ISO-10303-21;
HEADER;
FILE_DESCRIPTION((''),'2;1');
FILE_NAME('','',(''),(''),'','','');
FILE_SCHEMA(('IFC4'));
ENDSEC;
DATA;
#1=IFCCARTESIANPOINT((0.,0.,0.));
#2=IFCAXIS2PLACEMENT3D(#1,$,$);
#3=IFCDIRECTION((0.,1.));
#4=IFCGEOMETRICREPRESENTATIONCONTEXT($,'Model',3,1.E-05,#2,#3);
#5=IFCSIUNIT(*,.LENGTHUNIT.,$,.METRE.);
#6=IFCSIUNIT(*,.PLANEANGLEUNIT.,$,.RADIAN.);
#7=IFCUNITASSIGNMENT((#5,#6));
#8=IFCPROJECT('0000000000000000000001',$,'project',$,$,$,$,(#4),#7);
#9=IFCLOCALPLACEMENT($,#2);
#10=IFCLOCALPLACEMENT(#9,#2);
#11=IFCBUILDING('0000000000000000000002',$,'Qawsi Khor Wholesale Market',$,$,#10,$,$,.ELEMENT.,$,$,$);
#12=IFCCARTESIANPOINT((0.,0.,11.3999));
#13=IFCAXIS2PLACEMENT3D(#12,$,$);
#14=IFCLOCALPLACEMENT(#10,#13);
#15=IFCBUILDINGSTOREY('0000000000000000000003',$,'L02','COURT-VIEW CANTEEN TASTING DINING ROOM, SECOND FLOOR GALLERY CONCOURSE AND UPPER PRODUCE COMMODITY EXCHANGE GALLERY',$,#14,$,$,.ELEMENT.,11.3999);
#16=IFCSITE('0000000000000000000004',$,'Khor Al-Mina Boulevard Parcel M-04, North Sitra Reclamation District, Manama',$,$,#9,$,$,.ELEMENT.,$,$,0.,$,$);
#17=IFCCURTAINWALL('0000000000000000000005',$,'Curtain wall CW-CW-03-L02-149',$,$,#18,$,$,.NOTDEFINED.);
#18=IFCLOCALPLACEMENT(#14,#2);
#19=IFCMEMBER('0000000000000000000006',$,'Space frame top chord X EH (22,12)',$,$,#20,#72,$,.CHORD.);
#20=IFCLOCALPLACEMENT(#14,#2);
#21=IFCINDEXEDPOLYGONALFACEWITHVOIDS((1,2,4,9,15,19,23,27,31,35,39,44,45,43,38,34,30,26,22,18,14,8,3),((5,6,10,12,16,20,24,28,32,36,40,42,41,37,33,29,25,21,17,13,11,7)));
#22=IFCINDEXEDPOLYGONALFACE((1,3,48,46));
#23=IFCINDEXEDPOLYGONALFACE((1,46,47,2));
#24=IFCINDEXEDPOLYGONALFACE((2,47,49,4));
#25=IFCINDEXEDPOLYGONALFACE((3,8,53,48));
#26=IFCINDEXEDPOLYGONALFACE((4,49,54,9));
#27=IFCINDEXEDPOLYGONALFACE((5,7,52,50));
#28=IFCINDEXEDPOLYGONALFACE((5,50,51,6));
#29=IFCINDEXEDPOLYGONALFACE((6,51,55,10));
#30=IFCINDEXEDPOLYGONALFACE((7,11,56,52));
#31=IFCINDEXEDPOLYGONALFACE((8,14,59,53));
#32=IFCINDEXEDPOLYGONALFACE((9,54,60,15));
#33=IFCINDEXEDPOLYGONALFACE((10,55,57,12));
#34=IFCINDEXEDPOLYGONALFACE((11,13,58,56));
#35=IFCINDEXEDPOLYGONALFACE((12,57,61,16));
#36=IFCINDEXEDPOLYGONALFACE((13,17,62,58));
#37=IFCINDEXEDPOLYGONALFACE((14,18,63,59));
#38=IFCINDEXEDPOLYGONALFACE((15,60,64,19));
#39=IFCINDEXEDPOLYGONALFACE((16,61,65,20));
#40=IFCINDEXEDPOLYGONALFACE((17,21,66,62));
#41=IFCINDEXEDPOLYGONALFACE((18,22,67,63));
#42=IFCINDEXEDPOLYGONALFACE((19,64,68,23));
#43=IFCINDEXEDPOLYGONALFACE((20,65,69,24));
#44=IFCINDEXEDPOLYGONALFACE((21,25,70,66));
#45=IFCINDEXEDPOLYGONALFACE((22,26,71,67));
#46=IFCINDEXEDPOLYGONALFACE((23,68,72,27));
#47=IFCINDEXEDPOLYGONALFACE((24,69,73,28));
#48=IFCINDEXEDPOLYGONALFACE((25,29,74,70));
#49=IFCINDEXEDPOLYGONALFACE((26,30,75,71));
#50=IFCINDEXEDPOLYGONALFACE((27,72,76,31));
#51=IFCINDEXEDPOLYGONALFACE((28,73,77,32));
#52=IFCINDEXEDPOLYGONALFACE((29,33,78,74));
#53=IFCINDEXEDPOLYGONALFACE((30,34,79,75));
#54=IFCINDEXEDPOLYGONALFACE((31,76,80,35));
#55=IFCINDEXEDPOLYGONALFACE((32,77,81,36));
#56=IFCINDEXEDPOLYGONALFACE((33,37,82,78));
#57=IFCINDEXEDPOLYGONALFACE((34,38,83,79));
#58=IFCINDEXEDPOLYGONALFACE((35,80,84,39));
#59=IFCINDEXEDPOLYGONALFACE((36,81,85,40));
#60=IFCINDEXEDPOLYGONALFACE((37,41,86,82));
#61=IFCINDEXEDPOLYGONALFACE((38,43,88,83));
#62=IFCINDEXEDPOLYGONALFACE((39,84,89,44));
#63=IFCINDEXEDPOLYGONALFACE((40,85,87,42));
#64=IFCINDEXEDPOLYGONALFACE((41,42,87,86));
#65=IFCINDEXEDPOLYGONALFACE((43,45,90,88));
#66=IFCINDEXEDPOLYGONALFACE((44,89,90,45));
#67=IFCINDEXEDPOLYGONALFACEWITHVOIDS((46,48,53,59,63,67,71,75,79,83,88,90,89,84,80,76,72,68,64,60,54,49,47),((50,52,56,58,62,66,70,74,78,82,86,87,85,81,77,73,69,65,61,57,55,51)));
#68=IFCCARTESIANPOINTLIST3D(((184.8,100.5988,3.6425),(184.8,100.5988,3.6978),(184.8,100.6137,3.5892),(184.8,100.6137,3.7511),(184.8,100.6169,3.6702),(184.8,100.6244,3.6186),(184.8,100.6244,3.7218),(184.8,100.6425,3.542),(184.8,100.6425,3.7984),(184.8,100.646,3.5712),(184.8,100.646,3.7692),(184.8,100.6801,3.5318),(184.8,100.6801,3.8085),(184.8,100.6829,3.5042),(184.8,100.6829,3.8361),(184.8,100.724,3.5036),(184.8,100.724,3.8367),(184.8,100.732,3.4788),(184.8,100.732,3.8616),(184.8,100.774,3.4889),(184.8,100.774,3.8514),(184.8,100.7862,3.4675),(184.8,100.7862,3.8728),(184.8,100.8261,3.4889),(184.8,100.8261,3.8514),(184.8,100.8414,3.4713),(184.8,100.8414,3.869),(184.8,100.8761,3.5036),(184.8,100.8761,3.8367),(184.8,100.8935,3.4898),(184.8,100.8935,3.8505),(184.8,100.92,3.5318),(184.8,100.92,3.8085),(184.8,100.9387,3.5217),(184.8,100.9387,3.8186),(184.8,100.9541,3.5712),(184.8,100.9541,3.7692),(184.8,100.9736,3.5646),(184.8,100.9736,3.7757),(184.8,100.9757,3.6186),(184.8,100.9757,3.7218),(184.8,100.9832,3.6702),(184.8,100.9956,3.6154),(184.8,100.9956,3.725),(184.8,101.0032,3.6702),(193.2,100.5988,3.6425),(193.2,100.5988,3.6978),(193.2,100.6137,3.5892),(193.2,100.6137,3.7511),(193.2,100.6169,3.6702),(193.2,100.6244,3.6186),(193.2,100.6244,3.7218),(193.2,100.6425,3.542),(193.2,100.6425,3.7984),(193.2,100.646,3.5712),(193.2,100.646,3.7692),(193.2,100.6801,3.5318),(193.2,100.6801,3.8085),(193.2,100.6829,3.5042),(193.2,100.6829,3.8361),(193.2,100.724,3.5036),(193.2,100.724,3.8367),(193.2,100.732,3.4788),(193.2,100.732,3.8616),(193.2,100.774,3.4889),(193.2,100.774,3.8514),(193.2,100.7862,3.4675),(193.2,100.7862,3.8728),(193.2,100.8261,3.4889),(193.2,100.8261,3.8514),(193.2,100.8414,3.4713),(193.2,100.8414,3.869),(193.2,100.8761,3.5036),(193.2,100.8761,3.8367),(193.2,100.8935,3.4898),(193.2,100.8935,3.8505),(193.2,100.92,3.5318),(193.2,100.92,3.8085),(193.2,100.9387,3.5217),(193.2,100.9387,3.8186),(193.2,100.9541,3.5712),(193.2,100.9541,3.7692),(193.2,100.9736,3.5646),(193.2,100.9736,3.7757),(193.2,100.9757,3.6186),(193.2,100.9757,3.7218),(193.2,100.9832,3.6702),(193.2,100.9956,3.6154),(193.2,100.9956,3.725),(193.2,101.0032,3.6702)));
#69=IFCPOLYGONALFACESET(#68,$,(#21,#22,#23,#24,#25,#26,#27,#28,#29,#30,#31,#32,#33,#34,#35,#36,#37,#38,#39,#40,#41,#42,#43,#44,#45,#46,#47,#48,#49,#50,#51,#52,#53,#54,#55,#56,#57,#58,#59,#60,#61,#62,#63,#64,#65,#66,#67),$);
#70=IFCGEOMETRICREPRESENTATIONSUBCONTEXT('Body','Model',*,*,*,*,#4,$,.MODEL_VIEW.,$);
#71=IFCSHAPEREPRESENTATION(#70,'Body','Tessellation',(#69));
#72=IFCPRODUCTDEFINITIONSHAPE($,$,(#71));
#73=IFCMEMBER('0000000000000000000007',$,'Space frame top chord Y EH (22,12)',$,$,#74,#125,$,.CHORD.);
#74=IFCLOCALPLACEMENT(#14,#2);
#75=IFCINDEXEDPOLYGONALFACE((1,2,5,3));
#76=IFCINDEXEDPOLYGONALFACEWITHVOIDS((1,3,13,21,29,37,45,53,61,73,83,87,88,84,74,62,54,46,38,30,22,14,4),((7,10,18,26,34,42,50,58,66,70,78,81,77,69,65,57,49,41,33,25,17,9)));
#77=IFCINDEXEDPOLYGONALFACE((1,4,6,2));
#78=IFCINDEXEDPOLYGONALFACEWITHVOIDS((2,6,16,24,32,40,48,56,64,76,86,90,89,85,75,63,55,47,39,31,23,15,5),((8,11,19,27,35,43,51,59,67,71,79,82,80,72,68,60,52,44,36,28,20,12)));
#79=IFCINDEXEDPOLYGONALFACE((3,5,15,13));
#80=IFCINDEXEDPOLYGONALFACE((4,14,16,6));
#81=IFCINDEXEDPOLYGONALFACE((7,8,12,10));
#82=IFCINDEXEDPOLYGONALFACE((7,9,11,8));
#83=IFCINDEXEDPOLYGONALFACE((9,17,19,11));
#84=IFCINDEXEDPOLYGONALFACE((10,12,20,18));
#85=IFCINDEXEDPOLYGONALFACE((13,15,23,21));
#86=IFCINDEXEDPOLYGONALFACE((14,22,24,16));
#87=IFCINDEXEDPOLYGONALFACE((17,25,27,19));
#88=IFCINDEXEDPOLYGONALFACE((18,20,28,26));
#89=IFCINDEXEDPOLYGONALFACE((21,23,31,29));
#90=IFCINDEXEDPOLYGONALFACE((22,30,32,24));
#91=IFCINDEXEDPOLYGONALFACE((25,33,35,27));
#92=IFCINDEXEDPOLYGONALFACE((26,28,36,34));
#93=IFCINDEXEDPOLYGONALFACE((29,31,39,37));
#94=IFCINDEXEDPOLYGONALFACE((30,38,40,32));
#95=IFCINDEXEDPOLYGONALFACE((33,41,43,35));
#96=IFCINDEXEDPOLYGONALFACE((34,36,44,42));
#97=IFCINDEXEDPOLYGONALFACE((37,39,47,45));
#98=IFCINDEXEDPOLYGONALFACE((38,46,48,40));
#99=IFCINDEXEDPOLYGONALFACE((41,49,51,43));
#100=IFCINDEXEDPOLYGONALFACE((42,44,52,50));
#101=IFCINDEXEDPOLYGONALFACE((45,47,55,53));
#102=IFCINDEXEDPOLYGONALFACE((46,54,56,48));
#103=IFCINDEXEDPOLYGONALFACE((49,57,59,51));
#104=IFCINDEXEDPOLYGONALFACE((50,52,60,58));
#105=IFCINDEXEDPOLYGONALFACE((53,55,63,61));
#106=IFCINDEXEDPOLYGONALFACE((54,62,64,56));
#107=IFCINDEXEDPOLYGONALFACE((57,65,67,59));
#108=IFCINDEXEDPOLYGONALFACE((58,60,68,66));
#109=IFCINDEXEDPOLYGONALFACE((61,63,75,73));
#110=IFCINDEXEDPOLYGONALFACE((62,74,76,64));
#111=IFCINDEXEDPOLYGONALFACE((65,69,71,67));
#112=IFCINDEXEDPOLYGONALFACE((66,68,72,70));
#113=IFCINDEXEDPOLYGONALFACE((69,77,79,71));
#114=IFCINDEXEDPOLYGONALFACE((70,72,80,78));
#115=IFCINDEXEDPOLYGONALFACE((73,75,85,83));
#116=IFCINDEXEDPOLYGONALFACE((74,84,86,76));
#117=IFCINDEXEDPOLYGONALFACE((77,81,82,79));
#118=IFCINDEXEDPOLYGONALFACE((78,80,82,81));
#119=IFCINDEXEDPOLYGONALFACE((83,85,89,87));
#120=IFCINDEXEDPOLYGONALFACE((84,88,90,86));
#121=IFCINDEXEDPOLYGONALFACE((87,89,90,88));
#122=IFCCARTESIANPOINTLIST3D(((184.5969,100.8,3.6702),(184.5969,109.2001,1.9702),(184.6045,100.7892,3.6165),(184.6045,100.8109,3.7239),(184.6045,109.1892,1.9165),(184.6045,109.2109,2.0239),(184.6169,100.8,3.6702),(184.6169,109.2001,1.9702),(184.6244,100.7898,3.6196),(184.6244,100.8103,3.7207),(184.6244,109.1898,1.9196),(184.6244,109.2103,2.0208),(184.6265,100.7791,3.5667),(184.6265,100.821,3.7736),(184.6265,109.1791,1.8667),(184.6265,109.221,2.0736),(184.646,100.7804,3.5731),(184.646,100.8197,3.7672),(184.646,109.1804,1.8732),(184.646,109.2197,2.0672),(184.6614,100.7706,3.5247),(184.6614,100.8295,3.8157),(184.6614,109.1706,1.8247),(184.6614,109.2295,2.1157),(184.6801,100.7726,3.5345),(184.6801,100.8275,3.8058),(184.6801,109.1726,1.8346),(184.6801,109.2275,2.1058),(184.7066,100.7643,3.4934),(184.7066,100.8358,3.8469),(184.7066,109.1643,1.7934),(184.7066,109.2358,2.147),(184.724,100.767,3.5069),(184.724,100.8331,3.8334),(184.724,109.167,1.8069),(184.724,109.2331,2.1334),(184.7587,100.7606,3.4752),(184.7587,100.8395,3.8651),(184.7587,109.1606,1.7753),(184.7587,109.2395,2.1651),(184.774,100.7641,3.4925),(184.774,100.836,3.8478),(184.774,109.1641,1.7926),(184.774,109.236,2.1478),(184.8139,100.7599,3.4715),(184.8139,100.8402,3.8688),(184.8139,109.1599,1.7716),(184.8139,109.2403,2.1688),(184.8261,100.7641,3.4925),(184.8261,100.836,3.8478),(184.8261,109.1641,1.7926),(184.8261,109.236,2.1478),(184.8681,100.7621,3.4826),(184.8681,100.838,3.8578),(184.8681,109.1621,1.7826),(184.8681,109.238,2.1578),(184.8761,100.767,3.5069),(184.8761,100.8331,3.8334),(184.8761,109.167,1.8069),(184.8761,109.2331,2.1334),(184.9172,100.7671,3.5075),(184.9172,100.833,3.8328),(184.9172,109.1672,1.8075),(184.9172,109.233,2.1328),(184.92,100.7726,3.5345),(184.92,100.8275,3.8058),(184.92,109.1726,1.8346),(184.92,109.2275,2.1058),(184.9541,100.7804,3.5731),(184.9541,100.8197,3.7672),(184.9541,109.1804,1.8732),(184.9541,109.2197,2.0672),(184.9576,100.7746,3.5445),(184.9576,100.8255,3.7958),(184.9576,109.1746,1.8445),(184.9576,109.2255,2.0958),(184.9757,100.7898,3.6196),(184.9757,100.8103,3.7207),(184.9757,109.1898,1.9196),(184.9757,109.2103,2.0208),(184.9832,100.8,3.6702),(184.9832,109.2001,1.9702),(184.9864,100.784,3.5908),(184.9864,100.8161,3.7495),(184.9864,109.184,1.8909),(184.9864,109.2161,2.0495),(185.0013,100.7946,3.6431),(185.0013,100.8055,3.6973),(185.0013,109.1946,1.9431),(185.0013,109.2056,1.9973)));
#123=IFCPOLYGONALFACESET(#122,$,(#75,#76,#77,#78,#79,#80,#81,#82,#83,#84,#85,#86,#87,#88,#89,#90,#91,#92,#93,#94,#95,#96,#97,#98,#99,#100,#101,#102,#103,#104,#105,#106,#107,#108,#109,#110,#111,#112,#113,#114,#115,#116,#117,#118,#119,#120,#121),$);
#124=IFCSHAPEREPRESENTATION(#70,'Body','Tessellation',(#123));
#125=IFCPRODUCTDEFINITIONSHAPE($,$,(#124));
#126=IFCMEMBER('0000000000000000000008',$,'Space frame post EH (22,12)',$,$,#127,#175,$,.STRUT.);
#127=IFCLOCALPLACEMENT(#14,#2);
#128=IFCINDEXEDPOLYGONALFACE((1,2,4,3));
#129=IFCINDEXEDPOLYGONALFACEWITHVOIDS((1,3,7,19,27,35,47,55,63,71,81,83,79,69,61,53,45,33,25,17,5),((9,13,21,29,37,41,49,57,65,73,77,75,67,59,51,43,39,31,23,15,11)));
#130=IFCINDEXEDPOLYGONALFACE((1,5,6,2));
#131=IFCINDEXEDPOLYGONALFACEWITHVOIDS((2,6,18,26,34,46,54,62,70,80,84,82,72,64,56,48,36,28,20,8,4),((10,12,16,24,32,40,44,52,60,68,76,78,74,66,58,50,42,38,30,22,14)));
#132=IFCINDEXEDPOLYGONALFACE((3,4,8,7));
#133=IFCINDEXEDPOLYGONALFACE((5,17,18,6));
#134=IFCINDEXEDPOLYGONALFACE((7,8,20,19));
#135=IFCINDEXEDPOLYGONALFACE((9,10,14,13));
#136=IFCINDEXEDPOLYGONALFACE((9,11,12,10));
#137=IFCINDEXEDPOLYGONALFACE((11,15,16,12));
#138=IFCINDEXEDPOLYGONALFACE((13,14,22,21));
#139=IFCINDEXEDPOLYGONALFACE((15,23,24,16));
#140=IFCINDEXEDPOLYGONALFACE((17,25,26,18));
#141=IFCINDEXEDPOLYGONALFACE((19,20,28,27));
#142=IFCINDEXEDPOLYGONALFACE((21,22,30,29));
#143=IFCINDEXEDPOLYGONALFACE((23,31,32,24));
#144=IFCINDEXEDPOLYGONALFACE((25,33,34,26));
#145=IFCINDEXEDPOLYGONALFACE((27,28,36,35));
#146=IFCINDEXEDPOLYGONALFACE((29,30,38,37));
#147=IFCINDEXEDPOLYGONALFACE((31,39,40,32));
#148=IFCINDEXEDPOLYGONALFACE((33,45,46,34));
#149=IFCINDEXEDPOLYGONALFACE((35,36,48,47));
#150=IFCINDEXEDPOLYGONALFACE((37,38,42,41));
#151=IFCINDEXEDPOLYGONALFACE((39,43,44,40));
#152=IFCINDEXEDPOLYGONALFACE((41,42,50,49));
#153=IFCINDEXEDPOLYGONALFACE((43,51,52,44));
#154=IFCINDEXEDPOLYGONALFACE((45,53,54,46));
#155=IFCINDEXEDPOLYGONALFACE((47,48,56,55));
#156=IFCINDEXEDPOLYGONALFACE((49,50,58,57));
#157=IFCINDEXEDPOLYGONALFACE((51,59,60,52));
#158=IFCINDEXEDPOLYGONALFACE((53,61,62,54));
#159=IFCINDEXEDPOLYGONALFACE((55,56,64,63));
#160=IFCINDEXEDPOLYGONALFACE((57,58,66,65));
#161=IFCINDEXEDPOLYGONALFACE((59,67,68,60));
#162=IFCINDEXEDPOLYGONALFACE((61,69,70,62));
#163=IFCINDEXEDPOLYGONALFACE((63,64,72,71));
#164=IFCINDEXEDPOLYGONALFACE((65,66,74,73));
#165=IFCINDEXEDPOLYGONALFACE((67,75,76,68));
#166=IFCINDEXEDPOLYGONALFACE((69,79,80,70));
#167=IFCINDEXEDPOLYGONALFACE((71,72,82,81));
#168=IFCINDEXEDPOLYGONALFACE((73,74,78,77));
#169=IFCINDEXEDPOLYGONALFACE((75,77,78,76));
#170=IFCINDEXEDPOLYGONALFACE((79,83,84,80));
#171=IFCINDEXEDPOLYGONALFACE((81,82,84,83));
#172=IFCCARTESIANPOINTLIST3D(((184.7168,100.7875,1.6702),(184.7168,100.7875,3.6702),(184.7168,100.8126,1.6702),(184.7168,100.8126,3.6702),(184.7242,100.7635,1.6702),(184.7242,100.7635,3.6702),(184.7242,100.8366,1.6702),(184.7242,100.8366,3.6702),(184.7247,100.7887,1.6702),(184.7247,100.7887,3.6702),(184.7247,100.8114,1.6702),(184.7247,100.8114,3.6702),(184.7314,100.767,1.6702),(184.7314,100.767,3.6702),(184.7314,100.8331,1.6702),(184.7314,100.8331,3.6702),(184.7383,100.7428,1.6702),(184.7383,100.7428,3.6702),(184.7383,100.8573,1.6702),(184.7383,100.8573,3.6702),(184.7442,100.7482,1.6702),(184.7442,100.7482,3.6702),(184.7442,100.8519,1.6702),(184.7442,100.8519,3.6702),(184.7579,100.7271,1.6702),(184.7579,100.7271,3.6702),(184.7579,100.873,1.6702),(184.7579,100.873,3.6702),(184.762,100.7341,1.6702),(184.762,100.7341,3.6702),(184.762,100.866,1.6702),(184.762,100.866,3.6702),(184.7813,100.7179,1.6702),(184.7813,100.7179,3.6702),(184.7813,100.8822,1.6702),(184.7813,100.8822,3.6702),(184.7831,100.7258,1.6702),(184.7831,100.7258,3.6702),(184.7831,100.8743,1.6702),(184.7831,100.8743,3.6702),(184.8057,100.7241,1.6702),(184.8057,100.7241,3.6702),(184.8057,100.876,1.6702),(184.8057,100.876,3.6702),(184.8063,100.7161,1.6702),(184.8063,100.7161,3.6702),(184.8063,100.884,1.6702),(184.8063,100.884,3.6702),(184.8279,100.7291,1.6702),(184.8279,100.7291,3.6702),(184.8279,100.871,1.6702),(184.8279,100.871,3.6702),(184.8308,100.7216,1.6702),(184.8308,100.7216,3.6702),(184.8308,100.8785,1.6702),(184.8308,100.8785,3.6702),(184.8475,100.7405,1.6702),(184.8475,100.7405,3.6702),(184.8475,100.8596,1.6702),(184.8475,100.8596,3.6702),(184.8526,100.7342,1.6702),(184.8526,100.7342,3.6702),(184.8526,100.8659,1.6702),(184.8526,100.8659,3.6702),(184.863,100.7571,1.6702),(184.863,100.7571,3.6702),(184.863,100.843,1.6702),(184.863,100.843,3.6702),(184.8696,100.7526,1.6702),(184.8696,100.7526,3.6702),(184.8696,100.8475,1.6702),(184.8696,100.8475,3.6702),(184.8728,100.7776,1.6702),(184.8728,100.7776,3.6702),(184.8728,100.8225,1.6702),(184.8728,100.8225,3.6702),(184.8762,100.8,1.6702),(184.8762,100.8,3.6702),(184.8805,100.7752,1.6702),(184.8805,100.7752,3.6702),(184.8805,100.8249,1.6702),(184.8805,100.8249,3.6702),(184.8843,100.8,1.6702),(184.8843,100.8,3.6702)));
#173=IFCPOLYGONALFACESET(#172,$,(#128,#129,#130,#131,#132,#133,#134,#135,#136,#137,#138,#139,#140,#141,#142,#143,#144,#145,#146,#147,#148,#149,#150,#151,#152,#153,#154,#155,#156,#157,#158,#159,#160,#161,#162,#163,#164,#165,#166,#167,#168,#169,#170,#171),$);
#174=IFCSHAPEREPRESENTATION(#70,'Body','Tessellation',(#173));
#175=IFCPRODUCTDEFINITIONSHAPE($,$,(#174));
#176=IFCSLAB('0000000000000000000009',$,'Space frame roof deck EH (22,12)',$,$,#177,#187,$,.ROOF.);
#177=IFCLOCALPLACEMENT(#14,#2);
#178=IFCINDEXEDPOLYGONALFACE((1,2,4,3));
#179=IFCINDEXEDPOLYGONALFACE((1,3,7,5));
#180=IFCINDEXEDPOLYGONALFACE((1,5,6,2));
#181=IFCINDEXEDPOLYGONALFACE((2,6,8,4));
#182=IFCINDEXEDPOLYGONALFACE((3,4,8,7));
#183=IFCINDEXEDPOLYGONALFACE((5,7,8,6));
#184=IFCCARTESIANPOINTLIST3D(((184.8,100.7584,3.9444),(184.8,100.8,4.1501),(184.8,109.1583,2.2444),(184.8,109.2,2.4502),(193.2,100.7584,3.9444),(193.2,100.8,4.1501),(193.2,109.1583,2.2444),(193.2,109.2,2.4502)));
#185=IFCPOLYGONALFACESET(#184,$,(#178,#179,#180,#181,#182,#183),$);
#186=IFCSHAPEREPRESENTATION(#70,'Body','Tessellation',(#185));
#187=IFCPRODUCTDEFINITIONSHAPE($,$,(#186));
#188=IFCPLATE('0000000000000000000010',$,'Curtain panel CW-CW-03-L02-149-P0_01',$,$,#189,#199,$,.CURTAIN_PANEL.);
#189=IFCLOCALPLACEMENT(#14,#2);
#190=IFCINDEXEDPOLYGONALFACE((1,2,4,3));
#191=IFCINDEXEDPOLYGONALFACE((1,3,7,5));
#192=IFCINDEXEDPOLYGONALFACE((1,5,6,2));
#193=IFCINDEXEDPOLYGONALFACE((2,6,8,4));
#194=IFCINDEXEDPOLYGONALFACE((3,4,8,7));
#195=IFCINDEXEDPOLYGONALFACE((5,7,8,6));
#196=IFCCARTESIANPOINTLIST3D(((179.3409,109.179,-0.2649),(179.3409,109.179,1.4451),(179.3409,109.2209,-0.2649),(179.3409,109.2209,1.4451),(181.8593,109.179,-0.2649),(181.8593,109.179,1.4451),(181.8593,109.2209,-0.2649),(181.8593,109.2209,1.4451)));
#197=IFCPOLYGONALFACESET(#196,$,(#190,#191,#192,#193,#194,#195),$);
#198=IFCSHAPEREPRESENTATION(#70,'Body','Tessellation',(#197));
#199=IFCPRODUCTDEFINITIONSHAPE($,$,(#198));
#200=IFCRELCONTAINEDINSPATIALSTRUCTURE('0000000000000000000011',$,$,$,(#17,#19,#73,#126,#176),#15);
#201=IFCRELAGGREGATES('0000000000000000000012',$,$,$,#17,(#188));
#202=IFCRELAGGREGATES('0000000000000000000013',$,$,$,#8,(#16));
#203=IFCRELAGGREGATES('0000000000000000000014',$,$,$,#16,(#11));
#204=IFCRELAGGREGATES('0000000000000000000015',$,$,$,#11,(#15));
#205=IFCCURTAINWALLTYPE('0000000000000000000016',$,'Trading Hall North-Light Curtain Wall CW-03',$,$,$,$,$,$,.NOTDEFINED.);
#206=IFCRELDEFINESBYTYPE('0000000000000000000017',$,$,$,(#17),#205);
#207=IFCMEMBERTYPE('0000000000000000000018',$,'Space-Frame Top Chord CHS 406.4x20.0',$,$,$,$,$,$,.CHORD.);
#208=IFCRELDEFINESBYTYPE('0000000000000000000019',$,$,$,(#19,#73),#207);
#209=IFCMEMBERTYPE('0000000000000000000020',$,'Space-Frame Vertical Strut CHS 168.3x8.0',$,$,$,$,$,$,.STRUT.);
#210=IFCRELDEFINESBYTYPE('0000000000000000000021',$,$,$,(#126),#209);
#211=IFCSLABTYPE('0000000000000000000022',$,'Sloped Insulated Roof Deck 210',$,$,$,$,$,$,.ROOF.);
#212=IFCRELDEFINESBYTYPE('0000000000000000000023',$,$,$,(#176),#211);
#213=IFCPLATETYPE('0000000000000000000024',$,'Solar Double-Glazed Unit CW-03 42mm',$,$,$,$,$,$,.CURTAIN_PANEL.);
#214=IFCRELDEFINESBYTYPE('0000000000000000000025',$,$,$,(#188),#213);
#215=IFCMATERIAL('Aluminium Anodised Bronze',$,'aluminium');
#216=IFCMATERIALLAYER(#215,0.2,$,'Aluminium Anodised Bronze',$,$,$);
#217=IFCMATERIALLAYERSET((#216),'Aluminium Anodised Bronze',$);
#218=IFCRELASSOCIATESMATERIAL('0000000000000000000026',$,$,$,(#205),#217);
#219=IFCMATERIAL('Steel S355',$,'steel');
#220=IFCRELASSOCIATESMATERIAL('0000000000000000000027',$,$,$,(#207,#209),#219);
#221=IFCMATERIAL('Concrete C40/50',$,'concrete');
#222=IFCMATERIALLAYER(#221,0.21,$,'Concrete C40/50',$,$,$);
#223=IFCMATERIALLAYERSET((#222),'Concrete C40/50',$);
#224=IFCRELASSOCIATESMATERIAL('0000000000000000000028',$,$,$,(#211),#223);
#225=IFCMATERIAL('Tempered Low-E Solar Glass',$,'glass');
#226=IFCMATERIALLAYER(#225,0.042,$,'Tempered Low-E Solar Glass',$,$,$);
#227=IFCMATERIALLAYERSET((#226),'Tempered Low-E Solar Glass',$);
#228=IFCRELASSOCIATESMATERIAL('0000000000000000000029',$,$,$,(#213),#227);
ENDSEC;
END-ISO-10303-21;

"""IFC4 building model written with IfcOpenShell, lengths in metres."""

from ifc_helpers import new_model, si_unit, direction, frame, frame_2d, origin, origin_2d, place, context, subcontext, project, spatial, polyline, rectangle, hollow_circle, outline, extrude, material, layer, layer_set, material_profile, profile_set, type_object, element, aggregate, save


model = new_model("IFC4")

# Units and contexts
model_context = context("Model", 3, precision=1e-05, world=origin(), true_north=direction((0.0, 1.0)))
body_context = subcontext(model_context, "Body", "Model", "MODEL_VIEW")
ifc_project = project(units=[si_unit("LENGTHUNIT", "METRE"), si_unit("PLANEANGLEUNIT", "RADIAN")], contexts=[model_context])

# Site, building, storey
site_placement = place(None, origin())
site = spatial("IfcSite", under=ifc_project, at=site_placement, Name="Khor Al-Mina Boulevard Parcel M-04, North Sitra Reclamation District, Manama", CompositionType="ELEMENT", RefElevation=0.0)
building_placement = place(site_placement, origin())
building = spatial("IfcBuilding", under=site, at=building_placement, Name="Qawsi Khor Wholesale Market", CompositionType="ELEMENT")
storey_placement = place(building_placement, frame((0.0, 0.0, 11.3999)))
storey = spatial("IfcBuildingStorey", under=building, at=storey_placement, Name="L02", Description="COURT-VIEW CANTEEN TASTING DINING ROOM, SECOND FLOOR GALLERY CONCOURSE AND UPPER PRODUCE COMMODITY EXCHANGE GALLERY", CompositionType="ELEMENT", Elevation=11.3999)

# Curtain wall
ifc_material_1 = material(Name="Aluminium Anodised Bronze", Category="aluminium")
ifc_layer_1 = layer(ifc_material_1, 0.2, Name="Aluminium Anodised Bronze")
ifc_layer_set_1 = layer_set([ifc_layer_1], Name="Aluminium Anodised Bronze")
curtain_wall_type = type_object("IfcCurtainWallType", Name="Trading Hall North-Light Curtain Wall CW-03", PredefinedType="NOTDEFINED", material=ifc_layer_set_1)
curtain_wall_placement = place(storey_placement, origin())
curtain_wall = element("IfcCurtainWall", 1, at=curtain_wall_placement, inside=storey, type_object=curtain_wall_type, Name="Curtain wall CW-CW-03-L02-149", PredefinedType="NOTDEFINED")

# Members
ifc_material_2 = material(Name="Steel S355", Category="steel")
ifc_material_profile_1 = material_profile(ifc_material_2, hollow_circle(Radius=0.2031, WallThickness=0.02, at=origin_2d()), Name="CHS 406.4x20.0")
ifc_profile_set_1 = profile_set([ifc_material_profile_1], Name="Steel S355")
member_type_1 = type_object("IfcMemberType", Name="Space-Frame Top Chord CHS 406.4x20.0", PredefinedType="CHORD", material=ifc_profile_set_1)
member_1_placement = place(storey_placement, frame((184.8, 100.8, 3.6702), z_axis=(1.0, 0.0, 0.0), x_axis=(0.0, 1.0, 0.0)))
element("IfcMember", 2, at=member_1_placement, inside=storey, type_object=member_type_1, Name="Space frame top chord X EH (22,12)", PredefinedType="CHORD", context=body_context, shape_type="SweptSolid", body=[
    extrude(hollow_circle(Radius=0.2031, WallThickness=0.02, at=origin_2d()), origin(), (0.0, 0.0, 1.0), 8.3999),
])
member_2_placement = place(storey_placement, frame((184.8, 100.8, 3.6702), z_axis=(0.0, 0.98013, -0.198356), x_axis=(-1.0, 0.0, 0.0)))
element("IfcMember", 3, at=member_2_placement, inside=storey, type_object=member_type_1, Name="Space frame top chord Y EH (22,12)", PredefinedType="CHORD", context=body_context, shape_type="SweptSolid", body=[
    extrude(hollow_circle(Radius=0.2031, WallThickness=0.02, at=origin_2d()), origin(), (0.0, 0.0, 1.0), 8.5703),
])
ifc_material_profile_2 = material_profile(ifc_material_2, hollow_circle(Radius=0.0842, WallThickness=0.0081, at=origin_2d()), Name="CHS 168.3x8.0")
ifc_profile_set_2 = profile_set([ifc_material_profile_2], Name="Steel S355")
member_type_2 = type_object("IfcMemberType", Name="Space-Frame Vertical Strut CHS 168.3x8.0", PredefinedType="STRUT", material=ifc_profile_set_2)
member_3_placement = place(storey_placement, frame((184.8, 100.8, 1.6702), z_axis=(0.0, 0.0, 1.0), x_axis=(1.0, 0.0, 0.0)))
element("IfcMember", 4, at=member_3_placement, inside=storey, type_object=member_type_2, Name="Space frame post EH (22,12)", PredefinedType="STRUT", context=body_context, shape_type="SweptSolid", body=[
    extrude(hollow_circle(Radius=0.0842, WallThickness=0.0081, at=origin_2d()), origin(), (0.0, 0.0, 1.0), 2.0),
])

# Slab
ifc_material_3 = material(Name="Concrete C40/50", Category="concrete")
ifc_layer_2 = layer(ifc_material_3, 0.21, Name="Concrete C40/50")
ifc_layer_set_2 = layer_set([ifc_layer_2], Name="Concrete C40/50")
slab_type = type_object("IfcSlabType", Name="Sloped Insulated Roof Deck 210", PredefinedType="ROOF", material=ifc_layer_set_2)
slab_placement = place(storey_placement, frame((184.8, 100.8, 4.1501), z_axis=(0.0, 0.198356, 0.98013), x_axis=(1.0, 0.0, 0.0)))
element("IfcSlab", 5, at=slab_placement, inside=storey, type_object=slab_type, Name="Space frame roof deck EH (22,12)", PredefinedType="ROOF", context=body_context, shape_type="SweptSolid", body=[
    extrude(outline(polyline([(0.0, 0.0), (8.3999, 0.0), (8.3999, 8.5702), (0.0, 8.5702), (0.0, 0.0)])), origin(), (0.0, 0.0, -1.0), 0.21),
])

# Plate
ifc_material_4 = material(Name="Tempered Low-E Solar Glass", Category="glass")
ifc_layer_3 = layer(ifc_material_4, 0.042, Name="Tempered Low-E Solar Glass")
ifc_layer_set_3 = layer_set([ifc_layer_3], Name="Tempered Low-E Solar Glass")
plate_type = type_object("IfcPlateType", Name="Solar Double-Glazed Unit CW-03 42mm", PredefinedType="CURTAIN_PANEL", material=ifc_layer_set_3)
plate_1_placement = place(storey_placement, frame((179.3408, 109.2, -0.2649), z_axis=(0.0, 0.0, 1.0), x_axis=(1.0, 0.0, 0.0)))
plate_1 = element("IfcPlate", 6, at=plate_1_placement, type_object=plate_type, Name="Curtain panel CW-CW-03-L02-149-P0_01", PredefinedType="CURTAIN_PANEL", context=body_context, shape_type="SweptSolid", body=[
    extrude(rectangle(XDim=2.5183, YDim=0.042, at=frame_2d((1.2593, 0.0))), origin(), (0.0, 0.0, 1.0), 1.71),
])
aggregate(curtain_wall, [plate_1])

save(model, "model.ifc")
